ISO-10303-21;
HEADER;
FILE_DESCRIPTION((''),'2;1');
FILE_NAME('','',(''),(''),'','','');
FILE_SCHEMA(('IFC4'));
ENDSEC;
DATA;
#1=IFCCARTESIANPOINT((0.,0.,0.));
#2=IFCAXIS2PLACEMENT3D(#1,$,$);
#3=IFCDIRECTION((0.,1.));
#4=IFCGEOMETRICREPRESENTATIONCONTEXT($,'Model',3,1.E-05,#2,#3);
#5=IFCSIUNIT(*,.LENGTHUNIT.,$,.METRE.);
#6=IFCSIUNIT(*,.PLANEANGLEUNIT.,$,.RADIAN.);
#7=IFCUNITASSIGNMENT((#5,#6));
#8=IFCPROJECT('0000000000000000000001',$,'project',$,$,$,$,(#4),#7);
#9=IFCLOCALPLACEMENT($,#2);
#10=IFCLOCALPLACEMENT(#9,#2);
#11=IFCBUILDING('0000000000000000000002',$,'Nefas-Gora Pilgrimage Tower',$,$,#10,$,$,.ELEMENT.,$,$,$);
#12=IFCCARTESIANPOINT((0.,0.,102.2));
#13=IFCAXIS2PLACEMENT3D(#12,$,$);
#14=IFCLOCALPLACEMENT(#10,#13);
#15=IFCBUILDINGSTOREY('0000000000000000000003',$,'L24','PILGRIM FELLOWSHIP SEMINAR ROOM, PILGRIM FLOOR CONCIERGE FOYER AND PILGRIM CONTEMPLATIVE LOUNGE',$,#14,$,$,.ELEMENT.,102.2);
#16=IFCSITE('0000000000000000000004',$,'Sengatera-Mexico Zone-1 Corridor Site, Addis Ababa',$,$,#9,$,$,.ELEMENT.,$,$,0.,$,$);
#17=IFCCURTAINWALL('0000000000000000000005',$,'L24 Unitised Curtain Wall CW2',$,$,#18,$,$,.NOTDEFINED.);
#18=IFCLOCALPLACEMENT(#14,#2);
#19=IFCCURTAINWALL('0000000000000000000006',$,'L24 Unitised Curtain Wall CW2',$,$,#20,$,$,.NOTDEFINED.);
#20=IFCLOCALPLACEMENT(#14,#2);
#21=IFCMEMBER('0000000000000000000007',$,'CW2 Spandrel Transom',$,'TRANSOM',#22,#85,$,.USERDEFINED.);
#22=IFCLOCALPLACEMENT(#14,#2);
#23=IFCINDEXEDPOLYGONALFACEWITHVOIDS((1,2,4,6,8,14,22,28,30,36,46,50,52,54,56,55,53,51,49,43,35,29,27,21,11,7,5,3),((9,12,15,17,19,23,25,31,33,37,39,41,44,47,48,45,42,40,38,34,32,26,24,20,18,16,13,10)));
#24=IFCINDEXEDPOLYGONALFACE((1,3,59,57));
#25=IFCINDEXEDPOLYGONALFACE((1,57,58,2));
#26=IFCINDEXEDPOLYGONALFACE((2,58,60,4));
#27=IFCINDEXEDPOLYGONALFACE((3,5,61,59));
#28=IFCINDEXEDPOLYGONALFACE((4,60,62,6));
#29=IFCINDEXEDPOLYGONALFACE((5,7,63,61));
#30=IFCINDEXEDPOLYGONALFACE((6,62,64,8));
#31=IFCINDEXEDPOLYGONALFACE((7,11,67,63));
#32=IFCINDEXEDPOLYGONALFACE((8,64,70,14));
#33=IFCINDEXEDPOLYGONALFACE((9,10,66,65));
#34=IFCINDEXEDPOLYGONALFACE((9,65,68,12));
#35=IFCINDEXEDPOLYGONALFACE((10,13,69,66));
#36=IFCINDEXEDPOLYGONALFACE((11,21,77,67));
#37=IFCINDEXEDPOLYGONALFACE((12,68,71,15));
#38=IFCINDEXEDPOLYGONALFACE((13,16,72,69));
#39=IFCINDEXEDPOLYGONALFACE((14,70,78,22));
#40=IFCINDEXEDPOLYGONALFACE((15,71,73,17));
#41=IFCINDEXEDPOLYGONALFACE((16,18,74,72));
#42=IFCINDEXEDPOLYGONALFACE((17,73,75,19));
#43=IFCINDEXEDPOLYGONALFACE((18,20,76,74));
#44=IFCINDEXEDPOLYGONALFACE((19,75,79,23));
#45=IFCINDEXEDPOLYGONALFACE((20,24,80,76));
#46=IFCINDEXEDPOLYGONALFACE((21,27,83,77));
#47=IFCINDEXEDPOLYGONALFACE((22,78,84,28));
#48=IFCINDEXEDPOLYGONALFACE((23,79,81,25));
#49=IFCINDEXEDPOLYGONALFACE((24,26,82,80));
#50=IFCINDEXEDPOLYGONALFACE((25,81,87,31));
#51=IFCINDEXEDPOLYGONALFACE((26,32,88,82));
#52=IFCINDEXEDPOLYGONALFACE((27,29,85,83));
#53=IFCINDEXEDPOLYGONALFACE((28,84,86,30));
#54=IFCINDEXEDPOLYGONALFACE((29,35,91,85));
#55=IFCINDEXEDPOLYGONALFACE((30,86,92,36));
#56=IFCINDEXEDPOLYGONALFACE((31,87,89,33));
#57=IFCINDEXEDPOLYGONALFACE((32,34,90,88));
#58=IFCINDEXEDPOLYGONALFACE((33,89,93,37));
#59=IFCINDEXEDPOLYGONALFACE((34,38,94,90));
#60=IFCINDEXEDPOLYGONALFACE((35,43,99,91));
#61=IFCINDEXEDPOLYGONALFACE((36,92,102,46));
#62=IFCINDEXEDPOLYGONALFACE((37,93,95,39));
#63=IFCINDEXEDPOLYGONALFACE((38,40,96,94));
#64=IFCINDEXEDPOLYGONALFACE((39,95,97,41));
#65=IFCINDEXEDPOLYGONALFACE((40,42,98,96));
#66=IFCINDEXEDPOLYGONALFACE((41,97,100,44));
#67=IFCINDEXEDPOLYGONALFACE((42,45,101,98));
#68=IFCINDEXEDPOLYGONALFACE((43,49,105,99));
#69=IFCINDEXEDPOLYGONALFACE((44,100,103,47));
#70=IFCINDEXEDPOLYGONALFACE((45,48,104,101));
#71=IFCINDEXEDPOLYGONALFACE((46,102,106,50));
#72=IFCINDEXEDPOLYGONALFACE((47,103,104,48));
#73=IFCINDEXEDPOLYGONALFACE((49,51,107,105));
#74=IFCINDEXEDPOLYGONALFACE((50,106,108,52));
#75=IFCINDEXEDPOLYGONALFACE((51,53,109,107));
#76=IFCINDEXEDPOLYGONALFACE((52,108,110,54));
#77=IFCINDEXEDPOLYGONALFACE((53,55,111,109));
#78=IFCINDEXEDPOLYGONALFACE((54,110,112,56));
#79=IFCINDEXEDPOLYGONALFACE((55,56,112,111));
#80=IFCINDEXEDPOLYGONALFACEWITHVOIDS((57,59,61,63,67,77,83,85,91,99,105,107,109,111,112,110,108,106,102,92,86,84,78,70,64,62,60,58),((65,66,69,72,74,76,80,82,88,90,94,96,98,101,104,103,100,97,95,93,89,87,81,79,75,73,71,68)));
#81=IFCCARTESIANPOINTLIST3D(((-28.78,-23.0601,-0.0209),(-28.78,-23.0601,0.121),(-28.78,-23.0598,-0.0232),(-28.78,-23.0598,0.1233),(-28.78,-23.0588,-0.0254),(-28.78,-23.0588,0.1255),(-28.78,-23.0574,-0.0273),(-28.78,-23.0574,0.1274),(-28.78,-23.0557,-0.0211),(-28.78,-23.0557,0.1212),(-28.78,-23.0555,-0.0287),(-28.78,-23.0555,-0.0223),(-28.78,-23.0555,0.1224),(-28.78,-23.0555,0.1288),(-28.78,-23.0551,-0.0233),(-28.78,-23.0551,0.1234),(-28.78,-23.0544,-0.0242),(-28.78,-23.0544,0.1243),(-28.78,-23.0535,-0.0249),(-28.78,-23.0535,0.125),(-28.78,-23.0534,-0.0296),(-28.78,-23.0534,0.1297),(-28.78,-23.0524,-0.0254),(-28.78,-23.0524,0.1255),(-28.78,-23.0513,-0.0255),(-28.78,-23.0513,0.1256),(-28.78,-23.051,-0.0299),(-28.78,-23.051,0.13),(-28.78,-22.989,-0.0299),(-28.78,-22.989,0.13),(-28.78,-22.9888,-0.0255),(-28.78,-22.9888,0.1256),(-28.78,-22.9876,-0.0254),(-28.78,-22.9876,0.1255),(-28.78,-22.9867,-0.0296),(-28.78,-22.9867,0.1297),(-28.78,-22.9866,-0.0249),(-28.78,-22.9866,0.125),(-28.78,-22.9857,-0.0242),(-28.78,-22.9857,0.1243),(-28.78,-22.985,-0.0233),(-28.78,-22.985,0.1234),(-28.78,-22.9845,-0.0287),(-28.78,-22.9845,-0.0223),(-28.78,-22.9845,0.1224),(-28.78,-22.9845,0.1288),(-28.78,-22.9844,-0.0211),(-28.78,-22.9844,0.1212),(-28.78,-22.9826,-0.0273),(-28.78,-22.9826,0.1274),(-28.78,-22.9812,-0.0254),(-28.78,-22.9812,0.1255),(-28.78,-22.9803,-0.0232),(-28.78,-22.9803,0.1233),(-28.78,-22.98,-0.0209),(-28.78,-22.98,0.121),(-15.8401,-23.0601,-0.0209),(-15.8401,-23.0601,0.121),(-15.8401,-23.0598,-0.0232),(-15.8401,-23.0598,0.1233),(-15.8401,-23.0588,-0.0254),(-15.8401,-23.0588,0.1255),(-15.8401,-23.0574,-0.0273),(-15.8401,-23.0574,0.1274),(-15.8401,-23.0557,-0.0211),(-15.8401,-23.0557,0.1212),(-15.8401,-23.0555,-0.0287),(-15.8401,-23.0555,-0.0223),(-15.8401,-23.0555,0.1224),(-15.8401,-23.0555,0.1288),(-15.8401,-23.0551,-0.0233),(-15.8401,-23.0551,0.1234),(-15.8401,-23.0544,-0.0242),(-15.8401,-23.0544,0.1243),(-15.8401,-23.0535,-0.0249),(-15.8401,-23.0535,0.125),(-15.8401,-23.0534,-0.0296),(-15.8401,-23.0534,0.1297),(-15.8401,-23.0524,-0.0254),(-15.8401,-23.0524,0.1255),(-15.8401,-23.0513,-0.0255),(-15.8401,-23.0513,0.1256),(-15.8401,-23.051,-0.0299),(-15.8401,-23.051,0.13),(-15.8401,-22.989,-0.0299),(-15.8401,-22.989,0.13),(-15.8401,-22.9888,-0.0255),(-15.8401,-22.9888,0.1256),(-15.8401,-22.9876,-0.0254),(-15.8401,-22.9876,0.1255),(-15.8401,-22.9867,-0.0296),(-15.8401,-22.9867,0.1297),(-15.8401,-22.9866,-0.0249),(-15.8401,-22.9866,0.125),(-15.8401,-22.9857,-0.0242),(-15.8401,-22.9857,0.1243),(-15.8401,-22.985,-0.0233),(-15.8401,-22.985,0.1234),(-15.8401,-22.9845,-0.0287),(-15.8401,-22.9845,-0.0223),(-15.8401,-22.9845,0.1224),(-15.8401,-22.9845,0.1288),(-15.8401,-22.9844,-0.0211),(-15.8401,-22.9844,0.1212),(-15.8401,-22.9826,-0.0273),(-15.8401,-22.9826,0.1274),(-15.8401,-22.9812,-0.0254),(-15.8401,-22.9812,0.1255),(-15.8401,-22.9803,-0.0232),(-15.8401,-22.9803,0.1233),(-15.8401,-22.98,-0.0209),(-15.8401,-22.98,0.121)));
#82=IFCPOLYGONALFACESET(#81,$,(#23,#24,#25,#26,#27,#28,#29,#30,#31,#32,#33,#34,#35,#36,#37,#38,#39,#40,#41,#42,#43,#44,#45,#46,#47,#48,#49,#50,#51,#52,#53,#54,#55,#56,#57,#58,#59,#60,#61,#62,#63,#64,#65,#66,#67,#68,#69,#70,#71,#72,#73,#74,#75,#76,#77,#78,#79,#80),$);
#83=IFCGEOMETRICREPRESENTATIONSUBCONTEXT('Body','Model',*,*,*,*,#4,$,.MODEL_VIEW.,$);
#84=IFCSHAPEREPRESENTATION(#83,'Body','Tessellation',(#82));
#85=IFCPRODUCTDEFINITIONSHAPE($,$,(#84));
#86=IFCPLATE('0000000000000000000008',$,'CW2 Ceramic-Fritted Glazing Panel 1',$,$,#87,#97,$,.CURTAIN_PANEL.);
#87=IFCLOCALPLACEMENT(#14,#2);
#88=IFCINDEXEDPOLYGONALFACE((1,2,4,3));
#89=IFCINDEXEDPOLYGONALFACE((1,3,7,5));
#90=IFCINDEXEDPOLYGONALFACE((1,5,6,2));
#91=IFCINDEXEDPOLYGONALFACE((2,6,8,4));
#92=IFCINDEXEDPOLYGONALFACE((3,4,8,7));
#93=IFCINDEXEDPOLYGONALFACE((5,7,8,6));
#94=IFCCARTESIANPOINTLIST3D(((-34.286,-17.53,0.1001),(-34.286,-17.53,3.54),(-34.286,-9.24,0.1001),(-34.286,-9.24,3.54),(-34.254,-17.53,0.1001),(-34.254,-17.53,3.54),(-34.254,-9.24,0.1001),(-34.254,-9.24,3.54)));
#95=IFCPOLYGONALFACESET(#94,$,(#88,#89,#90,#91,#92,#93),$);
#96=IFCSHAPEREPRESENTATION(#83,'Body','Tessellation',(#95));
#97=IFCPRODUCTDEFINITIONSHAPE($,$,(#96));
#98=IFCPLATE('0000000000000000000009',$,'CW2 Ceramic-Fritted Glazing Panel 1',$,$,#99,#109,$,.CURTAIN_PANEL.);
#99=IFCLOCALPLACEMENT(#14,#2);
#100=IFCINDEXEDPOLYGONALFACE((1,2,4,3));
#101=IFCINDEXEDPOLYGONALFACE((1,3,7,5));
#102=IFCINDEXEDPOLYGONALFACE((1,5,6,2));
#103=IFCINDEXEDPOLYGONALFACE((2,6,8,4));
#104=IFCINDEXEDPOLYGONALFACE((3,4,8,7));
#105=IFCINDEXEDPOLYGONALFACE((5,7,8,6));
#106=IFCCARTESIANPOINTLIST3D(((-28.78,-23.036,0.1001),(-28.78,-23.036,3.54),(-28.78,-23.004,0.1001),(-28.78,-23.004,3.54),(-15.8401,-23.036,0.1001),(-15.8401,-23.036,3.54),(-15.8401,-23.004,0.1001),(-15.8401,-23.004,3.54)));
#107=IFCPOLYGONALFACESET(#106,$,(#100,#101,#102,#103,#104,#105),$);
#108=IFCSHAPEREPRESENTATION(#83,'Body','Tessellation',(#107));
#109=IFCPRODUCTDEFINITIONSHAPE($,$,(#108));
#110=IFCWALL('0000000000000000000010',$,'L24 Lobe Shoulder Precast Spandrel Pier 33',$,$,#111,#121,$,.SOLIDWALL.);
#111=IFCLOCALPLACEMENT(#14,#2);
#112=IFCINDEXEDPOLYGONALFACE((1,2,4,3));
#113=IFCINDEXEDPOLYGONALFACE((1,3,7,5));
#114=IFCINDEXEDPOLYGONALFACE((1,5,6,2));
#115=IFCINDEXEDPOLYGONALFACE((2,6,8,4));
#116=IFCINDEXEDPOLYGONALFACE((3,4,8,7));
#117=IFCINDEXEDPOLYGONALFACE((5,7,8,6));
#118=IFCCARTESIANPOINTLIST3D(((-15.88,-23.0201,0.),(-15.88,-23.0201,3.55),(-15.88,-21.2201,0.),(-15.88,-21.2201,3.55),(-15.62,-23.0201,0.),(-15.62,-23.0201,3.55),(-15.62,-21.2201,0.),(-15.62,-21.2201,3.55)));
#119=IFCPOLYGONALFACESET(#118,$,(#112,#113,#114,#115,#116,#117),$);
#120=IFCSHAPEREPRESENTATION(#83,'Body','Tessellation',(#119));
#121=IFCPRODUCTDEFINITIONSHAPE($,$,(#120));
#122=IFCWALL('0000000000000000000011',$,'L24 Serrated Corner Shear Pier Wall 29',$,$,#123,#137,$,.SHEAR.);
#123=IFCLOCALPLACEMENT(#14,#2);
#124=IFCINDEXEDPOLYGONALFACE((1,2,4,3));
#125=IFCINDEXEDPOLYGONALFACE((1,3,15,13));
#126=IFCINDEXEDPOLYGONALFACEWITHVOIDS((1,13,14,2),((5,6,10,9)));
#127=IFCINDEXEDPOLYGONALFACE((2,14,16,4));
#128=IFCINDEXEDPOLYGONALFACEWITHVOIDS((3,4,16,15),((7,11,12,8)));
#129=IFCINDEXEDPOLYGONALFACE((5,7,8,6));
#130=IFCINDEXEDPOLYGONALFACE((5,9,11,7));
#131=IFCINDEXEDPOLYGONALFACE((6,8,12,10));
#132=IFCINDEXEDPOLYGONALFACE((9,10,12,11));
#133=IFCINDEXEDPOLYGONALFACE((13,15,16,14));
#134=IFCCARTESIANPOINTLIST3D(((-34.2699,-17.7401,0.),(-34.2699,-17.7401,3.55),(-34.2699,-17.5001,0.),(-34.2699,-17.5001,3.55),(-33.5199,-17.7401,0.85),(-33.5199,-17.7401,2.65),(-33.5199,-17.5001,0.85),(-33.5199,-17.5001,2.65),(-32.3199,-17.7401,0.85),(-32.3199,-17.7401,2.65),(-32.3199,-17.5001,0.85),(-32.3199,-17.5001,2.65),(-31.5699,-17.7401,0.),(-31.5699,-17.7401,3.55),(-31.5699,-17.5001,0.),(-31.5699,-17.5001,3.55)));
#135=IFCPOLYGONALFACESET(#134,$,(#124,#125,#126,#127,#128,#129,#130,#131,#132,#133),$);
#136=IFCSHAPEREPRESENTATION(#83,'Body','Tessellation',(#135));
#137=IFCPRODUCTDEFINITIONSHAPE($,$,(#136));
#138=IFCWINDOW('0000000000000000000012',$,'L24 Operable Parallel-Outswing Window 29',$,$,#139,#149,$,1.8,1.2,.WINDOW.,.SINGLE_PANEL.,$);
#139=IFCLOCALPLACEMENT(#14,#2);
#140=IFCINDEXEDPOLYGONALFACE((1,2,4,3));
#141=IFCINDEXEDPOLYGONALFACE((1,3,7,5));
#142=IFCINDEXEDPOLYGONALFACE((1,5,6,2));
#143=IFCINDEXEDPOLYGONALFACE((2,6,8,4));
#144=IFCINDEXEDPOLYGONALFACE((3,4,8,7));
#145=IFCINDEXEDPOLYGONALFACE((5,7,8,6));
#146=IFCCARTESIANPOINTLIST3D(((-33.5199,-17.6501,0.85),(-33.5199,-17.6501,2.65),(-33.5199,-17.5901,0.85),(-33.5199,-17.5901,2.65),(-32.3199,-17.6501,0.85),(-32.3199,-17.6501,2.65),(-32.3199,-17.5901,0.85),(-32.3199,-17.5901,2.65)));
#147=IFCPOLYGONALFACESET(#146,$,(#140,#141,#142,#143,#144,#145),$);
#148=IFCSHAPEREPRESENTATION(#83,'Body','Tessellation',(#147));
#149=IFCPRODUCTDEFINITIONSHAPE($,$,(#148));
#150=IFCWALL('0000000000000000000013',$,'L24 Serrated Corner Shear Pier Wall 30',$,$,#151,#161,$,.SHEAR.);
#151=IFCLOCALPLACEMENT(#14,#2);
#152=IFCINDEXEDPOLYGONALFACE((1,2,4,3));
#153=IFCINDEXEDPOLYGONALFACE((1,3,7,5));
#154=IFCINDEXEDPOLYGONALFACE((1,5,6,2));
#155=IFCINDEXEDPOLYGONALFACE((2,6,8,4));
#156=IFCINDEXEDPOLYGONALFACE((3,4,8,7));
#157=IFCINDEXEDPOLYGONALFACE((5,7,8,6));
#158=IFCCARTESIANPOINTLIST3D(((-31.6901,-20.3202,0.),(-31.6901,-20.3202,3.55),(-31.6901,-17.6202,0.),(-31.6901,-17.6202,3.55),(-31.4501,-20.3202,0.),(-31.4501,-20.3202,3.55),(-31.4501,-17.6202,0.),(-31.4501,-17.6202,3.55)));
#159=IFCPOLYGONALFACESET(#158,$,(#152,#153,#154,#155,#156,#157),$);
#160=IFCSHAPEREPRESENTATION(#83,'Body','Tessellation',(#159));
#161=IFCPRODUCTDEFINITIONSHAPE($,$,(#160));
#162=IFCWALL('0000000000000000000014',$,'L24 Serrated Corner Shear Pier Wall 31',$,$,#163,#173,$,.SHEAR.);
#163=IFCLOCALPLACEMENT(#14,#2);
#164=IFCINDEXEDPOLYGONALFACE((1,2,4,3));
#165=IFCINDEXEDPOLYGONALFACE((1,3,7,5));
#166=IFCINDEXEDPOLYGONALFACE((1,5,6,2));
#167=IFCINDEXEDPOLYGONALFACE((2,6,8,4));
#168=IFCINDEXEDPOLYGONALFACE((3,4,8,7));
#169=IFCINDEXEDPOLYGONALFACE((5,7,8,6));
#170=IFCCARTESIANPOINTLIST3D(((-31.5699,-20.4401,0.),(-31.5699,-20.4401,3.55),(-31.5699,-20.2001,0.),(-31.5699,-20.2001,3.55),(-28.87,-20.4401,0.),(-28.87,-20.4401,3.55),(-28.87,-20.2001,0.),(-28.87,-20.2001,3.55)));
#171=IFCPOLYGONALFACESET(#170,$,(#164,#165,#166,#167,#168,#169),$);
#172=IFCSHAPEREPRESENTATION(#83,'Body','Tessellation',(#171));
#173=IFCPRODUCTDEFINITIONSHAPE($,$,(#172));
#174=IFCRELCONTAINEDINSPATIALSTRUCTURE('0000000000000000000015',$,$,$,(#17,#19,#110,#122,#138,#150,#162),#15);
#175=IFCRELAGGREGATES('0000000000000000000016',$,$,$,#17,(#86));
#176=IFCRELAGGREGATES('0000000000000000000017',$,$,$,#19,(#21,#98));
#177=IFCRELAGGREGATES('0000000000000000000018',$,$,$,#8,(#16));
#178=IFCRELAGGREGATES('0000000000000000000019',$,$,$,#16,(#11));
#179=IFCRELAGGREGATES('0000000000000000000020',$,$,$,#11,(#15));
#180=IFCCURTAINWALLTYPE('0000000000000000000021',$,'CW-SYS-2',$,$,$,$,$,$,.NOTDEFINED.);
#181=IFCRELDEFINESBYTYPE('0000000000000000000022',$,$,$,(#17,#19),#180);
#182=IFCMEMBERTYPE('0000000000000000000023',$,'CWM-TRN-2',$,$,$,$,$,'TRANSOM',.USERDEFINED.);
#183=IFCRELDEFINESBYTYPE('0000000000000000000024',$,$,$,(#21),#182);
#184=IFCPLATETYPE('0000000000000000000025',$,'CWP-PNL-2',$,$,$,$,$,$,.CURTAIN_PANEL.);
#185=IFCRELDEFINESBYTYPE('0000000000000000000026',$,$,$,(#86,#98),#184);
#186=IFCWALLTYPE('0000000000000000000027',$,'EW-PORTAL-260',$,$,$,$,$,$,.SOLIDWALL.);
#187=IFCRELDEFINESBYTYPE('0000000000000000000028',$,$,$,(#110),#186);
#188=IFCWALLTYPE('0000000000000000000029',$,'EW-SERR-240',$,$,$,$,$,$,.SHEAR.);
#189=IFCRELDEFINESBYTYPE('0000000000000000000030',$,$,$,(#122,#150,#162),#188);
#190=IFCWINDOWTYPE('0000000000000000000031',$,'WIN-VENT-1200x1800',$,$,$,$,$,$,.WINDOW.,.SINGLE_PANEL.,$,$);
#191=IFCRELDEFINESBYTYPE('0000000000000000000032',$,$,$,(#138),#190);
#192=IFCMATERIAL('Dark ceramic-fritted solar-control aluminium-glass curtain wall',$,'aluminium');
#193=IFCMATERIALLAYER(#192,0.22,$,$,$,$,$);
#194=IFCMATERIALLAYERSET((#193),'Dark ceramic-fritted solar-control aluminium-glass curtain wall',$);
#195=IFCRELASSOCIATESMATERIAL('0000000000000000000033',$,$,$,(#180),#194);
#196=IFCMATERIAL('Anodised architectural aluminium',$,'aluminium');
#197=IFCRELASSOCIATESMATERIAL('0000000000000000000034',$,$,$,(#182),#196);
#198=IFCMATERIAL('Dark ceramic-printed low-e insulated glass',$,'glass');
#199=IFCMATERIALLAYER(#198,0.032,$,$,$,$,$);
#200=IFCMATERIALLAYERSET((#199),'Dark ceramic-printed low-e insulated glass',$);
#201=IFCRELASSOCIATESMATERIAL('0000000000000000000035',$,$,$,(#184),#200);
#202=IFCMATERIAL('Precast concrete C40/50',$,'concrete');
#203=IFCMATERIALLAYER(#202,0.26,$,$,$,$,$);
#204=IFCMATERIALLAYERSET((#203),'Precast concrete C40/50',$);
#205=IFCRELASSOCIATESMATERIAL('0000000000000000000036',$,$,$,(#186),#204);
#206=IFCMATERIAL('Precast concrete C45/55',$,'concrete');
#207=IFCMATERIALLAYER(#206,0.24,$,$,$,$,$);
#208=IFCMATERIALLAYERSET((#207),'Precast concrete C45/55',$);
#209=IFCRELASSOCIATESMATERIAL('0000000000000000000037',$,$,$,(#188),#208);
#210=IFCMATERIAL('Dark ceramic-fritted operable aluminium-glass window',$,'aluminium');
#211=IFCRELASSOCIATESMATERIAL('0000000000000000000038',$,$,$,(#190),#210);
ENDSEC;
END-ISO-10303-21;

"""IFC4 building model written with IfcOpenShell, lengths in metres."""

from ifc_helpers import new_model, si_unit, direction, frame, frame_2d, origin, origin_2d, place, context, subcontext, project, spatial, rectangle, hollow_rectangle, extrude, source, transform, mapped, material, layer, layer_set, material_profile, profile_set, type_object, element, fill, aggregate, save


model = new_model("IFC4")

# Units and contexts
model_context = context("Model", 3, precision=1e-05, world=origin(), true_north=direction((0.0, 1.0)))
body_context = subcontext(model_context, "Body", "Model", "MODEL_VIEW")
ifc_project = project(units=[si_unit("LENGTHUNIT", "METRE"), si_unit("PLANEANGLEUNIT", "RADIAN")], contexts=[model_context])

# Site, building, storey
site_placement = place(None, origin())
site = spatial("IfcSite", under=ifc_project, at=site_placement, Name="Sengatera-Mexico Zone-1 Corridor Site, Addis Ababa", CompositionType="ELEMENT", RefElevation=0.0)
building_placement = place(site_placement, origin())
building = spatial("IfcBuilding", under=site, at=building_placement, Name="Nefas-Gora Pilgrimage Tower", CompositionType="ELEMENT")
storey_placement = place(building_placement, frame((0.0, 0.0, 102.2)))
storey = spatial("IfcBuildingStorey", under=building, at=storey_placement, Name="L24", Description="PILGRIM FELLOWSHIP SEMINAR ROOM, PILGRIM FLOOR CONCIERGE FOYER AND PILGRIM CONTEMPLATIVE LOUNGE", CompositionType="ELEMENT", Elevation=102.2)

# Shared definitions
ifc_material_1 = material(Name="Dark ceramic-fritted solar-control aluminium-glass curtain wall", Category="aluminium")
ifc_material_2 = material(Name="Anodised architectural aluminium", Category="aluminium")

# Curtain wall
ifc_layer_1 = layer(ifc_material_1, 0.22)
ifc_layer_set_1 = layer_set([ifc_layer_1], Name="Dark ceramic-fritted solar-control aluminium-glass curtain wall")
curtain_wall_type_1 = type_object("IfcCurtainWallType", Name="CW-SYS-2", PredefinedType="NOTDEFINED", material=ifc_layer_set_1)
curtain_wall_1_placement = place(storey_placement, origin())
curtain_wall_1 = element("IfcCurtainWall", 1, at=curtain_wall_1_placement, inside=storey, type_object=curtain_wall_type_1, Name="L24 Unitised Curtain Wall CW2", PredefinedType="NOTDEFINED")

# Curtain wall
curtain_wall_2_placement = place(storey_placement, origin())
curtain_wall_2 = element("IfcCurtainWall", 2, at=curtain_wall_2_placement, inside=storey, type_object=curtain_wall_type_1, Name="L24 Unitised Curtain Wall CW2", PredefinedType="NOTDEFINED")

# Member
ifc_material_profile_1 = material_profile(ifc_material_2, hollow_rectangle(XDim=0.0801, YDim=0.1599, WallThickness=0.0044, InnerFilletRadius=0.0044, OuterFilletRadius=0.009, at=origin_2d()), Name="ALU TRANSOM 80x160")
ifc_profile_set_1 = profile_set([ifc_material_profile_1], Name="Anodised architectural aluminium")
member_type_1 = type_object("IfcMemberType", Name="CWM-TRN-2", ElementType="TRANSOM", PredefinedType="USERDEFINED", material=ifc_profile_set_1)
shared_shape_1 = source(origin(), body_context, "Body", "SweptSolid", [
    extrude(hollow_rectangle(XDim=0.0801, YDim=0.1599, WallThickness=0.0044, InnerFilletRadius=0.0044, OuterFilletRadius=0.009, at=origin_2d()), origin(), (0.0, 0.0, 1.0), 12.9399),
])
member_1_placement = place(storey_placement, frame((-28.78, -23.02, 0.05), z_axis=(1.0, 0.0, 0.0), x_axis=(0.0, 1.0, 0.0)))
member_1 = element("IfcMember", 3, at=member_1_placement, type_object=member_type_1, Name="CW2 Spandrel Transom", ObjectType="TRANSOM", PredefinedType="USERDEFINED", context=body_context, shape_type="MappedRepresentation", body=[
    mapped(shared_shape_1, transform((0.0, 0.0, 0.0), x_axis=(1.0, 0.0, 0.0), y_axis=(0.0, 1.0, 0.0), z_axis=(0.0, 0.0, 1.0), scale=1.0)),
])

# Plates
ifc_material_3 = material(Name="Dark ceramic-printed low-e insulated glass", Category="glass")
ifc_layer_2 = layer(ifc_material_3, 0.032)
ifc_layer_set_2 = layer_set([ifc_layer_2], Name="Dark ceramic-printed low-e insulated glass")
plate_type = type_object("IfcPlateType", Name="CWP-PNL-2", PredefinedType="CURTAIN_PANEL", material=ifc_layer_set_2)
shared_shape_2 = source(origin(), body_context, "Body", "SweptSolid", [
    extrude(rectangle(XDim=8.29, YDim=0.032, at=origin_2d()), origin(), (0.0, 0.0, 1.0), 3.4399),
])
plate_1_placement = place(storey_placement, frame((-34.27, -13.385, 0.1001), z_axis=(0.0, 0.0, 1.0), x_axis=(0.0, -1.0, 0.0)))
plate_1 = element("IfcPlate", 4, at=plate_1_placement, type_object=plate_type, Name="CW2 Ceramic-Fritted Glazing Panel 1", PredefinedType="CURTAIN_PANEL", context=body_context, shape_type="MappedRepresentation", body=[
    mapped(shared_shape_2, transform((0.0, 0.0, 0.0), x_axis=(1.0, 0.0, 0.0), y_axis=(0.0, 1.0, 0.0), z_axis=(0.0, 0.0, 1.0), scale=1.0)),
])
aggregate(curtain_wall_1, [plate_1])
shared_shape_3 = source(origin(), body_context, "Body", "SweptSolid", [
    extrude(rectangle(XDim=12.9399, YDim=0.032, at=origin_2d()), origin(), (0.0, 0.0, 1.0), 3.4399),
])
plate_2_placement = place(storey_placement, frame((-22.3101, -23.02, 0.1001), z_axis=(0.0, 0.0, 1.0), x_axis=(1.0, 0.0, 0.0)))
plate_2 = element("IfcPlate", 5, at=plate_2_placement, type_object=plate_type, Name="CW2 Ceramic-Fritted Glazing Panel 1", PredefinedType="CURTAIN_PANEL", context=body_context, shape_type="MappedRepresentation", body=[
    mapped(shared_shape_3, transform((0.0, 0.0, 0.0), x_axis=(1.0, 0.0, 0.0), y_axis=(0.0, 1.0, 0.0), z_axis=(0.0, 0.0, 1.0), scale=1.0)),
])
aggregate(curtain_wall_2, [member_1, plate_2])

# Wall
ifc_material_4 = material(Name="Precast concrete C40/50", Category="concrete")
ifc_layer_3 = layer(ifc_material_4, 0.26)
ifc_layer_set_3 = layer_set([ifc_layer_3], Name="Precast concrete C40/50")
wall_type_1 = type_object("IfcWallType", Name="EW-PORTAL-260", PredefinedType="SOLIDWALL", material=ifc_layer_set_3)
shared_shape_4 = source(origin(), body_context, "Body", "SweptSolid", [
    extrude(rectangle(XDim=1.8, YDim=0.26, at=frame_2d((0.8999, 0.0))), origin(), (0.0, 0.0, 1.0), 3.55),
])
wall_1_placement = place(storey_placement, frame((-15.75, -23.02, 0.0), z_axis=(0.0, 0.0, 1.0), x_axis=(0.0, 1.0, 0.0)))
element("IfcWall", 6, at=wall_1_placement, inside=storey, type_object=wall_type_1, Name="L24 Lobe Shoulder Precast Spandrel Pier 33", PredefinedType="SOLIDWALL", context=body_context, shape_type="MappedRepresentation", body=[
    mapped(shared_shape_4, transform((0.0, 0.0, 0.0), x_axis=(1.0, 0.0, 0.0), y_axis=(0.0, 1.0, 0.0), z_axis=(0.0, 0.0, 1.0), scale=1.0)),
])

# Wall, opening, window
ifc_material_5 = material(Name="Precast concrete C45/55", Category="concrete")
ifc_layer_4 = layer(ifc_material_5, 0.24)
ifc_layer_set_4 = layer_set([ifc_layer_4], Name="Precast concrete C45/55")
wall_type_2 = type_object("IfcWallType", Name="EW-SERR-240", PredefinedType="SHEAR", material=ifc_layer_set_4)
shared_shape_5 = source(origin(), body_context, "Body", "SweptSolid", [
    extrude(rectangle(XDim=2.7, YDim=0.24, at=frame_2d((1.3501, 0.0))), origin(), (0.0, 0.0, 1.0), 3.55),
])
wall_2_placement = place(storey_placement, frame((-34.27, -17.6201, 0.0), z_axis=(0.0, 0.0, 1.0), x_axis=(1.0, 0.0, 0.0)))
wall_2 = element("IfcWall", 7, at=wall_2_placement, inside=storey, type_object=wall_type_2, Name="L24 Serrated Corner Shear Pier Wall 29", PredefinedType="SHEAR", context=body_context, shape_type="MappedRepresentation", body=[
    mapped(shared_shape_5, transform((0.0, 0.0, 0.0), x_axis=(1.0, 0.0, 0.0), y_axis=(0.0, 1.0, 0.0), z_axis=(0.0, 0.0, 1.0), scale=1.0)),
])
opening_1_placement = place(wall_2_placement, frame((0.75, 0.0, 0.8501)))
opening_1 = element("IfcOpeningElement", 8, at=opening_1_placement, cuts=wall_2, PredefinedType="OPENING", context=body_context, shape_type="SweptSolid", body=[
    extrude(rectangle(XDim=1.2, YDim=1.8, at=frame_2d((0.6001, 0.8999))), frame((0.0, 0.1299, 0.0), z_axis=(0.0, -1.0, 0.0), x_axis=(1.0, 0.0, 0.0)), (0.0, 0.0, 1.0), 0.26),
])
ifc_material_6 = material(Name="Dark ceramic-fritted operable aluminium-glass window", Category="aluminium")
window_type = type_object("IfcWindowType", Name="WIN-VENT-1200x1800", PartitioningType="SINGLE_PANEL", PredefinedType="WINDOW", material=ifc_material_6)
shared_shape_6 = source(origin(), body_context, "Body", "SweptSolid", [
    extrude(rectangle(XDim=1.2, YDim=1.8, at=frame_2d((0.6001, 0.8999))), frame((0.0, 0.03, 0.0), z_axis=(0.0, -1.0, 0.0), x_axis=(1.0, 0.0, 0.0)), (0.0, 0.0, 1.0), 0.0601),
])
window_placement = place(opening_1_placement, origin())
window = element("IfcWindow", 9, at=window_placement, inside=storey, type_object=window_type, Name="L24 Operable Parallel-Outswing Window 29", OverallHeight=1.8, OverallWidth=1.2, PartitioningType="SINGLE_PANEL", PredefinedType="WINDOW", context=body_context, shape_type="MappedRepresentation", body=[
    mapped(shared_shape_6, transform((0.0, 0.0, 0.0), x_axis=(1.0, 0.0, 0.0), y_axis=(0.0, 1.0, 0.0), z_axis=(0.0, 0.0, 1.0), scale=1.0)),
])
fill(opening_1, window)

# Walls
for number, where, z_axis, x_axis, name in (
    (10, (-31.5701, -17.6201, 0.0), (0.0, 0.0, 1.0), (0.0, -1.0, 0.0), "L24 Serrated Corner Shear Pier Wall 30"),
    (11, (-31.5701, -20.3201, 0.0), (0.0, 0.0, 1.0), (1.0, 0.0, 0.0), "L24 Serrated Corner Shear Pier Wall 31"),
):
    element("IfcWall", number, at=place(storey_placement, frame(where, z_axis=z_axis, x_axis=x_axis)), inside=storey, type_object=wall_type_2, Name=name, PredefinedType="SHEAR", context=body_context, shape_type="MappedRepresentation", body=[
        mapped(shared_shape_5, transform((0.0, 0.0, 0.0), x_axis=(1.0, 0.0, 0.0), y_axis=(0.0, 1.0, 0.0), z_axis=(0.0, 0.0, 1.0), scale=1.0)),
    ])

save(model, "model.ifc")
